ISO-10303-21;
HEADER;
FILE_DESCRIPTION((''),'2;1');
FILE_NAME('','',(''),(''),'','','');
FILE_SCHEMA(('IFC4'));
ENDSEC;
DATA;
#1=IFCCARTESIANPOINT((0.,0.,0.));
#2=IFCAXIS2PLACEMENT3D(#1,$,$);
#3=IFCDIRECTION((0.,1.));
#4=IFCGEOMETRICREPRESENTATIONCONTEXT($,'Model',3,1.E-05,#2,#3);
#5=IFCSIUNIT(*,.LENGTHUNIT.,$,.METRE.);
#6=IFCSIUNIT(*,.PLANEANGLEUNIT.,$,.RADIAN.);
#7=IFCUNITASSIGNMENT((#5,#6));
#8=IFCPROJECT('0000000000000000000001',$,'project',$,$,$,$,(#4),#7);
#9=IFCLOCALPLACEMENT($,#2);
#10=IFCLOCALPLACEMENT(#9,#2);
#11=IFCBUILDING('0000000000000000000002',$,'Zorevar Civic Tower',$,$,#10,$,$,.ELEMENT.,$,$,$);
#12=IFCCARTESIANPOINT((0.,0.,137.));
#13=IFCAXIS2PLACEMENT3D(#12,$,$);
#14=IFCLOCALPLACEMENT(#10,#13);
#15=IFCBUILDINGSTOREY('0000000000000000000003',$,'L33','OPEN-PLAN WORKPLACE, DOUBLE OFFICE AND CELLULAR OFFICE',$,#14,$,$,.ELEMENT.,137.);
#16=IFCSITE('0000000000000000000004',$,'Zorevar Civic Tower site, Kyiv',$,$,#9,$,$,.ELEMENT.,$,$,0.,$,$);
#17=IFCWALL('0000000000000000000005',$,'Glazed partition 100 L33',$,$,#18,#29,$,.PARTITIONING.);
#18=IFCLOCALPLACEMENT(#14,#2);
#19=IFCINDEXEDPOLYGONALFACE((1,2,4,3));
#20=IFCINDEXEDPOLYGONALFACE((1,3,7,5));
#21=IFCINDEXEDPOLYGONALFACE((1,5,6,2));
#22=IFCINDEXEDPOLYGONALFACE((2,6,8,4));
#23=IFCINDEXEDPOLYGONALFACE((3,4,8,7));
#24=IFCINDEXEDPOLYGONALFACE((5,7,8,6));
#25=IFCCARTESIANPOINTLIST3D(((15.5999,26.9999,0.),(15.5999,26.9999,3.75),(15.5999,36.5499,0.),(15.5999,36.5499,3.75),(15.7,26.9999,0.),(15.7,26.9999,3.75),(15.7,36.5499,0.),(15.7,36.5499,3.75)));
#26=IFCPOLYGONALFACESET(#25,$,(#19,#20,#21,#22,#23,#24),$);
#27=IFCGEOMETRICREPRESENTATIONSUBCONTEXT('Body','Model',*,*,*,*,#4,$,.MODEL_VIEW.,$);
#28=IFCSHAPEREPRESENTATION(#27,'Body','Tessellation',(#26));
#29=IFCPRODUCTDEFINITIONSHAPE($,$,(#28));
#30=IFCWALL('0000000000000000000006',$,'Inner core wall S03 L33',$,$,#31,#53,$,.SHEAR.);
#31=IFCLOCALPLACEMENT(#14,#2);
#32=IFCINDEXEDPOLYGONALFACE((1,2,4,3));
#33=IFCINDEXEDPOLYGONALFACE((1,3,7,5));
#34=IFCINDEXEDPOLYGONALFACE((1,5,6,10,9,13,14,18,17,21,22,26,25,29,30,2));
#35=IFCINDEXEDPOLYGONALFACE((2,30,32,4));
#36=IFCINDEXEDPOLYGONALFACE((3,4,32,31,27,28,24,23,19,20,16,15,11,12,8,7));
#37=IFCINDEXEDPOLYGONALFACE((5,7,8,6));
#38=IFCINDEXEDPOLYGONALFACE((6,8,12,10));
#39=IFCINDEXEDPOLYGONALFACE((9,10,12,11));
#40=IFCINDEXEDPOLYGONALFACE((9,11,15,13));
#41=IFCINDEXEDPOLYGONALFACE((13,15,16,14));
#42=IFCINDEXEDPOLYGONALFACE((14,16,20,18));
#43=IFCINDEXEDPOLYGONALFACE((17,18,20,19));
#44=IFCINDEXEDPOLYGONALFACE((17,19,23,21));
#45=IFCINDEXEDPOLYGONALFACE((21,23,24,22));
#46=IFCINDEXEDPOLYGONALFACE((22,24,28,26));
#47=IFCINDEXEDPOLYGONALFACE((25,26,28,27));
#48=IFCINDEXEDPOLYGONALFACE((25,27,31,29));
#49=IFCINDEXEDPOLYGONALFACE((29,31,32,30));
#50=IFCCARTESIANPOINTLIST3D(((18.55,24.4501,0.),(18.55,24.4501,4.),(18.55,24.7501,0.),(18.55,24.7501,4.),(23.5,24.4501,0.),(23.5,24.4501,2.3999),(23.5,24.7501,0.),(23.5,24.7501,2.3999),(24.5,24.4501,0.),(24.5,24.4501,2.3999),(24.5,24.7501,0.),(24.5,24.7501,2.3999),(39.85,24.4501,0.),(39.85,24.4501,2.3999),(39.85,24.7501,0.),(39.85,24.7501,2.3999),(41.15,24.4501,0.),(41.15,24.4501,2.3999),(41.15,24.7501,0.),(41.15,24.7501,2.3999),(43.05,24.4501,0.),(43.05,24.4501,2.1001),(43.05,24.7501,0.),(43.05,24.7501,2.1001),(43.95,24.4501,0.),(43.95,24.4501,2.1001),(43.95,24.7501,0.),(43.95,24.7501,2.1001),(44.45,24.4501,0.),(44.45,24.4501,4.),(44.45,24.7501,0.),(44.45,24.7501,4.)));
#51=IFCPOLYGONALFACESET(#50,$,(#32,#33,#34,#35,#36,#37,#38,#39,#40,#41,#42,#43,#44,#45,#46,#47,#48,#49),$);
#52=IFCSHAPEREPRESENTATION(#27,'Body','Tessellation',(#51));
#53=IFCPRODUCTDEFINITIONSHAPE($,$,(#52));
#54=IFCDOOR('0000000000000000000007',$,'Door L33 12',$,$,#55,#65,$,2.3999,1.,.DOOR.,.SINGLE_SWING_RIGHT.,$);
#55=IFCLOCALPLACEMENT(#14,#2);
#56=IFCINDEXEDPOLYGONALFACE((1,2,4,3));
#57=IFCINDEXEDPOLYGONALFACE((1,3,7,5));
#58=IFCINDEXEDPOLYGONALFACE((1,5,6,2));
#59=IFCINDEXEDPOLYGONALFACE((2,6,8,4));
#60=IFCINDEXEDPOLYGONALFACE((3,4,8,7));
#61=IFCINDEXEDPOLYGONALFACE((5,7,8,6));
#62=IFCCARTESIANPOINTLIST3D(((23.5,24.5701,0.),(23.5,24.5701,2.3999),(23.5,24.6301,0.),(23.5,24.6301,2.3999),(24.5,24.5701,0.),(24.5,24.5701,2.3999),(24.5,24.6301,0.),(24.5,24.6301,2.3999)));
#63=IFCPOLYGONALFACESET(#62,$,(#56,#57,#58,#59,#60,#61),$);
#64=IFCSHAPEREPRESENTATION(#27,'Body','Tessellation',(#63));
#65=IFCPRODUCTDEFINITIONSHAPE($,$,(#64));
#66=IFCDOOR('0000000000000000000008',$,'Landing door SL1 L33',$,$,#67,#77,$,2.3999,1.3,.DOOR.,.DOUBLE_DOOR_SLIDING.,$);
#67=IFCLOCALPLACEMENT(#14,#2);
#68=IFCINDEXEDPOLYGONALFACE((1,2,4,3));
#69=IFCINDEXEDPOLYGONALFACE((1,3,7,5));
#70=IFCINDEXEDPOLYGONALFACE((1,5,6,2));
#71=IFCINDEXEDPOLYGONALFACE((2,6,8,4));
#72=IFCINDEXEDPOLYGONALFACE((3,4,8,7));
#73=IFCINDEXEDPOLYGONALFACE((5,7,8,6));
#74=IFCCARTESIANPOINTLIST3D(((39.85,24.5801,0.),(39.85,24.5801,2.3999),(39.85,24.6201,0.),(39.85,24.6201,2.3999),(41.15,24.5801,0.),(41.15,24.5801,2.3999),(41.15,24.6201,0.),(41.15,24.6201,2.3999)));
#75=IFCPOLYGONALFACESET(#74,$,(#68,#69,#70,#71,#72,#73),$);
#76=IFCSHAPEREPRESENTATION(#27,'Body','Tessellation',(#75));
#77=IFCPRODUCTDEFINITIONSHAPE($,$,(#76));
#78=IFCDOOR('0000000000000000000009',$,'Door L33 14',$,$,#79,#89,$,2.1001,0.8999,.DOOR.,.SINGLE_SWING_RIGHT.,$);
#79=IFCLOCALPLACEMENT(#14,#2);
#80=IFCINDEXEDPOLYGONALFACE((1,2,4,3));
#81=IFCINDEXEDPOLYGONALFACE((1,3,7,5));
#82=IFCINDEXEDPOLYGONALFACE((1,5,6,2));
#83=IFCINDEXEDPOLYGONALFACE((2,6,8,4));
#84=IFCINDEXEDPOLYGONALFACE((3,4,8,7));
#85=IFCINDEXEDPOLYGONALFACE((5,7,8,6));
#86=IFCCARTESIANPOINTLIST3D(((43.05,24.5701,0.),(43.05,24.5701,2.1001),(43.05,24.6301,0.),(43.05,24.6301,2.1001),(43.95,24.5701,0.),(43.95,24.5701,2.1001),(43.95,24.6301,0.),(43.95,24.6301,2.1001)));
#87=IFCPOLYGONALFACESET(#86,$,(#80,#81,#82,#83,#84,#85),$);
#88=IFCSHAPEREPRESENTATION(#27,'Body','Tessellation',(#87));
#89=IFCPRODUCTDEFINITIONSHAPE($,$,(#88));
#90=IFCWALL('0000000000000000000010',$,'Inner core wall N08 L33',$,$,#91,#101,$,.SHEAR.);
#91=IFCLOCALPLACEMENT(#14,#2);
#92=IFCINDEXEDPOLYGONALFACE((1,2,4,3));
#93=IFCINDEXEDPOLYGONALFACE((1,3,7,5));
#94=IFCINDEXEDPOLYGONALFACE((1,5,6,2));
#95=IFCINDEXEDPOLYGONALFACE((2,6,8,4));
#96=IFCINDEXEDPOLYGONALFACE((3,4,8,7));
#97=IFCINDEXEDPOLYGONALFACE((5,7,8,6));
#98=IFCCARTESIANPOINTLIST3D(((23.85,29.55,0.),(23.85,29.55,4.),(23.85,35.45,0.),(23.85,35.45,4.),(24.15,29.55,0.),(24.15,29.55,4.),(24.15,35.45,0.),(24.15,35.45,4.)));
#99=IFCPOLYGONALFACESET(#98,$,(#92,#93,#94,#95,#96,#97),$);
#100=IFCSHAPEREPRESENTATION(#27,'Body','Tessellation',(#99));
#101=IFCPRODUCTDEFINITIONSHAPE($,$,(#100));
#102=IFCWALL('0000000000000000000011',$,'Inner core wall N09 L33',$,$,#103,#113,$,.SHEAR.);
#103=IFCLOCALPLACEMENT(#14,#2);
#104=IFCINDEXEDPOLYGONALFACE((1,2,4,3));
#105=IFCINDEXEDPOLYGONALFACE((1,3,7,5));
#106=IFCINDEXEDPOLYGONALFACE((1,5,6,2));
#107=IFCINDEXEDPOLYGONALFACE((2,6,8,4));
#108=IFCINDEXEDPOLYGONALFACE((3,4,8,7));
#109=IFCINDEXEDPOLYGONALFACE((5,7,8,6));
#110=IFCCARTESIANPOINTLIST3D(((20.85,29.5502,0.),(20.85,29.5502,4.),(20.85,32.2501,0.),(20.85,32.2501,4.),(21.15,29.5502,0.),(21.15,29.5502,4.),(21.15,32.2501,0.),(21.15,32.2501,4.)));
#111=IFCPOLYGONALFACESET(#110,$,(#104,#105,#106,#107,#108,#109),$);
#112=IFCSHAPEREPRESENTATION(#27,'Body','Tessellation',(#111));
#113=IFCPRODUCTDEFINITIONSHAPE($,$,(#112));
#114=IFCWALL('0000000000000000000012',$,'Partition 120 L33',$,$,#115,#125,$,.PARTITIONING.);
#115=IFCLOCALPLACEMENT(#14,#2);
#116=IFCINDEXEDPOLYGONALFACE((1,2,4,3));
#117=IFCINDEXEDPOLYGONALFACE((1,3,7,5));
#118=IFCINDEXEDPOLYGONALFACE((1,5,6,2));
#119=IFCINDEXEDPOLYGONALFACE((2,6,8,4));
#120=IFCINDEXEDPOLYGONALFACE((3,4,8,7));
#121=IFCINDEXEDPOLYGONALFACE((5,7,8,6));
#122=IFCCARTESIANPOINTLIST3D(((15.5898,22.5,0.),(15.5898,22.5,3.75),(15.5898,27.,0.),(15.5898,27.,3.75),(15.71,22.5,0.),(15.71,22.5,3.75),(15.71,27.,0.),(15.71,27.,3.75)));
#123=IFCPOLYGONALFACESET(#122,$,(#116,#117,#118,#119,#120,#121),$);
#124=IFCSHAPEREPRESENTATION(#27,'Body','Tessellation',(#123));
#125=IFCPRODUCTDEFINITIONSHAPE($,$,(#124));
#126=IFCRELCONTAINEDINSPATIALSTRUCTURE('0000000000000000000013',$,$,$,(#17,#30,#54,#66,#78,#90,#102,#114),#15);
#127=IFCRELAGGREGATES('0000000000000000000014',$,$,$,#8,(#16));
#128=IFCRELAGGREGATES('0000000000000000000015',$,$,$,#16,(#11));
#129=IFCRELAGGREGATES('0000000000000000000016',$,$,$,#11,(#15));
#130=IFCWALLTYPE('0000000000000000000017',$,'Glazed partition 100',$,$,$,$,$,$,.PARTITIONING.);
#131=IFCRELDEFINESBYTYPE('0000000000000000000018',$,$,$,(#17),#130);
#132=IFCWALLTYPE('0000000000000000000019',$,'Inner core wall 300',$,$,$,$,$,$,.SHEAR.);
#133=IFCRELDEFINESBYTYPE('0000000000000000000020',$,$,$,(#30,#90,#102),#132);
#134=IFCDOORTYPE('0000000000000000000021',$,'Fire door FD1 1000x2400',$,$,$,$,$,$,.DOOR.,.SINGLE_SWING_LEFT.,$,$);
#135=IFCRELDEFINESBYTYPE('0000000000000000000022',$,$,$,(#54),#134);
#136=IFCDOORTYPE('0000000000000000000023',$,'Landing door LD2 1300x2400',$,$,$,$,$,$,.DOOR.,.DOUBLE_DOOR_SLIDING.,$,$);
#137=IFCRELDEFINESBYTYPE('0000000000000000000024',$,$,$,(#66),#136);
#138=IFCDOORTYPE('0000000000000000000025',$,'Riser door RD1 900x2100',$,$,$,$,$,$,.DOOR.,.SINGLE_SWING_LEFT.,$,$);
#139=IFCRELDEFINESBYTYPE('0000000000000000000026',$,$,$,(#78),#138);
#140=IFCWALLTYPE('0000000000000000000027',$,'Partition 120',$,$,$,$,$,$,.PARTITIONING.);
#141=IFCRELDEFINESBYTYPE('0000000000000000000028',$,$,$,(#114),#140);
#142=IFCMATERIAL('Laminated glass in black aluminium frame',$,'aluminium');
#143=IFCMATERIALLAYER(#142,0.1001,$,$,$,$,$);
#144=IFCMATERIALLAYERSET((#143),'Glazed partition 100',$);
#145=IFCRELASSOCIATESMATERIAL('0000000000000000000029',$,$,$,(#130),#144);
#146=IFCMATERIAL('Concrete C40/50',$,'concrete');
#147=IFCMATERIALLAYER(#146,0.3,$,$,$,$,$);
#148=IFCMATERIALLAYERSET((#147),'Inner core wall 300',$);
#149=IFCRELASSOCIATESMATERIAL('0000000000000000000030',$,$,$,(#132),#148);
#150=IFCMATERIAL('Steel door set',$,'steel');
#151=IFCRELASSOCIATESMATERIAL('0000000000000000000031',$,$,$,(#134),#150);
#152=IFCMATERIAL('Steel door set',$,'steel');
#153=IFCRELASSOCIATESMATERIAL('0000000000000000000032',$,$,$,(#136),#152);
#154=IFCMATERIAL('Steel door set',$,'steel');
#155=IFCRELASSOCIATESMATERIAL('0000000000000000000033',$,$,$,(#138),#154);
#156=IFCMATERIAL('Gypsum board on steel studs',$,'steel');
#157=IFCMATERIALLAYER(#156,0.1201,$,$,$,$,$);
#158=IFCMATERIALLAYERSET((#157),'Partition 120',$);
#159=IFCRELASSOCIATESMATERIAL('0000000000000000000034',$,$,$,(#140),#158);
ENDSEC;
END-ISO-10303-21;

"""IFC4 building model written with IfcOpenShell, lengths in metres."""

from ifc_helpers import new_model, si_unit, direction, frame, frame_2d, origin, place, context, subcontext, project, spatial, rectangle, extrude, material, layer, layer_set, type_object, element, fill, save


model = new_model("IFC4")

# Units and contexts
model_context = context("Model", 3, precision=1e-05, world=origin(), true_north=direction((0.0, 1.0)))
body_context = subcontext(model_context, "Body", "Model", "MODEL_VIEW")
ifc_project = project(units=[si_unit("LENGTHUNIT", "METRE"), si_unit("PLANEANGLEUNIT", "RADIAN")], contexts=[model_context])

# Site, building, storey
site_placement = place(None, origin())
site = spatial("IfcSite", under=ifc_project, at=site_placement, Name="Zorevar Civic Tower site, Kyiv", CompositionType="ELEMENT", RefElevation=0.0)
building_placement = place(site_placement, origin())
building = spatial("IfcBuilding", under=site, at=building_placement, Name="Zorevar Civic Tower", CompositionType="ELEMENT")
storey_placement = place(building_placement, frame((0.0, 0.0, 137.0)))
storey = spatial("IfcBuildingStorey", under=building, at=storey_placement, Name="L33", Description="OPEN-PLAN WORKPLACE, DOUBLE OFFICE AND CELLULAR OFFICE", CompositionType="ELEMENT", Elevation=137.0)

# Wall
ifc_material_1 = material(Name="Laminated glass in black aluminium frame", Category="aluminium")
ifc_layer_1 = layer(ifc_material_1, 0.1001)
ifc_layer_set_1 = layer_set([ifc_layer_1], Name="Glazed partition 100")
wall_type_1 = type_object("IfcWallType", Name="Glazed partition 100", PredefinedType="PARTITIONING", material=ifc_layer_set_1)
wall_1_placement = place(storey_placement, frame((15.6499, 27.0, 0.0), z_axis=(0.0, 0.0, 1.0), x_axis=(0.0, 1.0, 0.0)))
element("IfcWall", 1, at=wall_1_placement, inside=storey, type_object=wall_type_1, Name="Glazed partition 100 L33", PredefinedType="PARTITIONING", context=body_context, shape_type="SweptSolid", body=[
    extrude(rectangle(XDim=9.55, YDim=0.1001, at=frame_2d((4.7749, 0.0))), origin(), (0.0, 0.0, 1.0), 3.75),
])

# Shared definitions
ifc_material_2 = material(Name="Concrete C40/50", Category="concrete")
ifc_layer_2 = layer(ifc_material_2, 0.3)
ifc_layer_set_2 = layer_set([ifc_layer_2], Name="Inner core wall 300")
wall_type_2 = type_object("IfcWallType", Name="Inner core wall 300", PredefinedType="SHEAR", material=ifc_layer_set_2)

# Wall, openings, doors
wall_2_placement = place(storey_placement, frame((18.55, 24.6001, 0.0), z_axis=(0.0, 0.0, 1.0), x_axis=(1.0, 0.0, 0.0)))
wall_2 = element("IfcWall", 2, at=wall_2_placement, inside=storey, type_object=wall_type_2, Name="Inner core wall S03 L33", PredefinedType="SHEAR", context=body_context, shape_type="SweptSolid", body=[
    extrude(rectangle(XDim=25.8999, YDim=0.3, at=frame_2d((12.95, 0.0))), origin(), (0.0, 0.0, 1.0), 4.0),
])
opening_1_placement = place(wall_2_placement, frame((4.95, 0.0, 0.0)))
opening_1 = element("IfcOpeningElement", 3, at=opening_1_placement, cuts=wall_2, PredefinedType="OPENING", context=body_context, shape_type="SweptSolid", body=[
    extrude(rectangle(XDim=1.0, YDim=2.3999, at=frame_2d((0.5, 1.2))), frame((0.0, 0.1599, 0.0), z_axis=(0.0, -1.0, 0.0), x_axis=(1.0, 0.0, 0.0)), (0.0, 0.0, 1.0), 0.3201),
])
opening_2_placement = place(wall_2_placement, frame((24.5, 0.0, 0.0)))
opening_2 = element("IfcOpeningElement", 4, at=opening_2_placement, cuts=wall_2, PredefinedType="OPENING", context=body_context, shape_type="SweptSolid", body=[
    extrude(rectangle(XDim=0.8999, YDim=2.1001, at=frame_2d((0.45, 1.05))), frame((0.0, 0.1599, 0.0), z_axis=(0.0, -1.0, 0.0), x_axis=(1.0, 0.0, 0.0)), (0.0, 0.0, 1.0), 0.3201),
])
opening_3_placement = place(wall_2_placement, frame((21.3, 0.0, 0.0)))
opening_3 = element("IfcOpeningElement", 5, at=opening_3_placement, cuts=wall_2, PredefinedType="OPENING", context=body_context, shape_type="SweptSolid", body=[
    extrude(rectangle(XDim=1.3, YDim=2.3999, at=frame_2d((0.6499, 1.2))), frame((0.0, 0.1599, 0.0), z_axis=(0.0, -1.0, 0.0), x_axis=(1.0, 0.0, 0.0)), (0.0, 0.0, 1.0), 0.3201),
])
ifc_material_3 = material(Name="Steel door set", Category="steel")
door_type_1 = type_object("IfcDoorType", Name="Fire door FD1 1000x2400", OperationType="SINGLE_SWING_LEFT", PredefinedType="DOOR", material=ifc_material_3)
door_1_placement = place(opening_1_placement, origin())
door_1 = element("IfcDoor", 6, at=door_1_placement, inside=storey, type_object=door_type_1, Name="Door L33 12", OperationType="SINGLE_SWING_RIGHT", OverallHeight=2.3999, OverallWidth=1.0, PredefinedType="DOOR", context=body_context, shape_type="SweptSolid", body=[
    extrude(rectangle(XDim=1.0, YDim=2.3999, at=frame_2d((0.5, 1.2))), frame((0.0, 0.03, 0.0), z_axis=(0.0, -1.0, 0.0), x_axis=(1.0, 0.0, 0.0)), (0.0, 0.0, 1.0), 0.0601),
])
fill(opening_1, door_1)
ifc_material_4 = material(Name="Steel door set", Category="steel")
door_type_2 = type_object("IfcDoorType", Name="Landing door LD2 1300x2400", OperationType="DOUBLE_DOOR_SLIDING", PredefinedType="DOOR", material=ifc_material_4)
door_2_placement = place(opening_3_placement, origin())
door_2 = element("IfcDoor", 7, at=door_2_placement, inside=storey, type_object=door_type_2, Name="Landing door SL1 L33", OperationType="DOUBLE_DOOR_SLIDING", OverallHeight=2.3999, OverallWidth=1.3, PredefinedType="DOOR", context=body_context, shape_type="SweptSolid", body=[
    extrude(rectangle(XDim=1.3, YDim=2.3999, at=frame_2d((0.6499, 1.2))), frame((0.0, 0.02, 0.0), z_axis=(0.0, -1.0, 0.0), x_axis=(1.0, 0.0, 0.0)), (0.0, 0.0, 1.0), 0.04),
])
fill(opening_3, door_2)
ifc_material_5 = material(Name="Steel door set", Category="steel")
door_type_3 = type_object("IfcDoorType", Name="Riser door RD1 900x2100", OperationType="SINGLE_SWING_LEFT", PredefinedType="DOOR", material=ifc_material_5)
door_3_placement = place(opening_2_placement, origin())
door_3 = element("IfcDoor", 8, at=door_3_placement, inside=storey, type_object=door_type_3, Name="Door L33 14", OperationType="SINGLE_SWING_RIGHT", OverallHeight=2.1001, OverallWidth=0.8999, PredefinedType="DOOR", context=body_context, shape_type="SweptSolid", body=[
    extrude(rectangle(XDim=0.8999, YDim=2.1001, at=frame_2d((0.45, 1.05))), frame((0.0, 0.03, 0.0), z_axis=(0.0, -1.0, 0.0), x_axis=(1.0, 0.0, 0.0)), (0.0, 0.0, 1.0), 0.0601),
])
fill(opening_2, door_3)

# Walls
wall_3_placement = place(storey_placement, frame((24.0, 29.55, 0.0), z_axis=(0.0, 0.0, 1.0), x_axis=(0.0, 1.0, 0.0)))
element("IfcWall", 9, at=wall_3_placement, inside=storey, type_object=wall_type_2, Name="Inner core wall N08 L33", PredefinedType="SHEAR", context=body_context, shape_type="SweptSolid", body=[
    extrude(rectangle(XDim=5.8999, YDim=0.3, at=frame_2d((2.95, 0.0))), origin(), (0.0, 0.0, 1.0), 4.0),
])
wall_4_placement = place(storey_placement, frame((21.0, 29.55, 0.0), z_axis=(0.0, 0.0, 1.0), x_axis=(0.0, 1.0, 0.0)))
element("IfcWall", 10, at=wall_4_placement, inside=storey, type_object=wall_type_2, Name="Inner core wall N09 L33", PredefinedType="SHEAR", context=body_context, shape_type="SweptSolid", body=[
    extrude(rectangle(XDim=2.7, YDim=0.3, at=frame_2d((1.3501, 0.0))), origin(), (0.0, 0.0, 1.0), 4.0),
])
ifc_material_6 = material(Name="Gypsum board on steel studs", Category="steel")
ifc_layer_3 = layer(ifc_material_6, 0.1201)
ifc_layer_set_3 = layer_set([ifc_layer_3], Name="Partition 120")
wall_type_3 = type_object("IfcWallType", Name="Partition 120", PredefinedType="PARTITIONING", material=ifc_layer_set_3)
wall_5_placement = place(storey_placement, frame((15.6499, 22.5, 0.0), z_axis=(0.0, 0.0, 1.0), x_axis=(0.0, 1.0, 0.0)))
element("IfcWall", 11, at=wall_5_placement, inside=storey, type_object=wall_type_3, Name="Partition 120 L33", PredefinedType="PARTITIONING", context=body_context, shape_type="SweptSolid", body=[
    extrude(rectangle(XDim=4.5, YDim=0.1201, at=frame_2d((2.25, 0.0))), origin(), (0.0, 0.0, 1.0), 3.75),
])

save(model, "model.ifc")
